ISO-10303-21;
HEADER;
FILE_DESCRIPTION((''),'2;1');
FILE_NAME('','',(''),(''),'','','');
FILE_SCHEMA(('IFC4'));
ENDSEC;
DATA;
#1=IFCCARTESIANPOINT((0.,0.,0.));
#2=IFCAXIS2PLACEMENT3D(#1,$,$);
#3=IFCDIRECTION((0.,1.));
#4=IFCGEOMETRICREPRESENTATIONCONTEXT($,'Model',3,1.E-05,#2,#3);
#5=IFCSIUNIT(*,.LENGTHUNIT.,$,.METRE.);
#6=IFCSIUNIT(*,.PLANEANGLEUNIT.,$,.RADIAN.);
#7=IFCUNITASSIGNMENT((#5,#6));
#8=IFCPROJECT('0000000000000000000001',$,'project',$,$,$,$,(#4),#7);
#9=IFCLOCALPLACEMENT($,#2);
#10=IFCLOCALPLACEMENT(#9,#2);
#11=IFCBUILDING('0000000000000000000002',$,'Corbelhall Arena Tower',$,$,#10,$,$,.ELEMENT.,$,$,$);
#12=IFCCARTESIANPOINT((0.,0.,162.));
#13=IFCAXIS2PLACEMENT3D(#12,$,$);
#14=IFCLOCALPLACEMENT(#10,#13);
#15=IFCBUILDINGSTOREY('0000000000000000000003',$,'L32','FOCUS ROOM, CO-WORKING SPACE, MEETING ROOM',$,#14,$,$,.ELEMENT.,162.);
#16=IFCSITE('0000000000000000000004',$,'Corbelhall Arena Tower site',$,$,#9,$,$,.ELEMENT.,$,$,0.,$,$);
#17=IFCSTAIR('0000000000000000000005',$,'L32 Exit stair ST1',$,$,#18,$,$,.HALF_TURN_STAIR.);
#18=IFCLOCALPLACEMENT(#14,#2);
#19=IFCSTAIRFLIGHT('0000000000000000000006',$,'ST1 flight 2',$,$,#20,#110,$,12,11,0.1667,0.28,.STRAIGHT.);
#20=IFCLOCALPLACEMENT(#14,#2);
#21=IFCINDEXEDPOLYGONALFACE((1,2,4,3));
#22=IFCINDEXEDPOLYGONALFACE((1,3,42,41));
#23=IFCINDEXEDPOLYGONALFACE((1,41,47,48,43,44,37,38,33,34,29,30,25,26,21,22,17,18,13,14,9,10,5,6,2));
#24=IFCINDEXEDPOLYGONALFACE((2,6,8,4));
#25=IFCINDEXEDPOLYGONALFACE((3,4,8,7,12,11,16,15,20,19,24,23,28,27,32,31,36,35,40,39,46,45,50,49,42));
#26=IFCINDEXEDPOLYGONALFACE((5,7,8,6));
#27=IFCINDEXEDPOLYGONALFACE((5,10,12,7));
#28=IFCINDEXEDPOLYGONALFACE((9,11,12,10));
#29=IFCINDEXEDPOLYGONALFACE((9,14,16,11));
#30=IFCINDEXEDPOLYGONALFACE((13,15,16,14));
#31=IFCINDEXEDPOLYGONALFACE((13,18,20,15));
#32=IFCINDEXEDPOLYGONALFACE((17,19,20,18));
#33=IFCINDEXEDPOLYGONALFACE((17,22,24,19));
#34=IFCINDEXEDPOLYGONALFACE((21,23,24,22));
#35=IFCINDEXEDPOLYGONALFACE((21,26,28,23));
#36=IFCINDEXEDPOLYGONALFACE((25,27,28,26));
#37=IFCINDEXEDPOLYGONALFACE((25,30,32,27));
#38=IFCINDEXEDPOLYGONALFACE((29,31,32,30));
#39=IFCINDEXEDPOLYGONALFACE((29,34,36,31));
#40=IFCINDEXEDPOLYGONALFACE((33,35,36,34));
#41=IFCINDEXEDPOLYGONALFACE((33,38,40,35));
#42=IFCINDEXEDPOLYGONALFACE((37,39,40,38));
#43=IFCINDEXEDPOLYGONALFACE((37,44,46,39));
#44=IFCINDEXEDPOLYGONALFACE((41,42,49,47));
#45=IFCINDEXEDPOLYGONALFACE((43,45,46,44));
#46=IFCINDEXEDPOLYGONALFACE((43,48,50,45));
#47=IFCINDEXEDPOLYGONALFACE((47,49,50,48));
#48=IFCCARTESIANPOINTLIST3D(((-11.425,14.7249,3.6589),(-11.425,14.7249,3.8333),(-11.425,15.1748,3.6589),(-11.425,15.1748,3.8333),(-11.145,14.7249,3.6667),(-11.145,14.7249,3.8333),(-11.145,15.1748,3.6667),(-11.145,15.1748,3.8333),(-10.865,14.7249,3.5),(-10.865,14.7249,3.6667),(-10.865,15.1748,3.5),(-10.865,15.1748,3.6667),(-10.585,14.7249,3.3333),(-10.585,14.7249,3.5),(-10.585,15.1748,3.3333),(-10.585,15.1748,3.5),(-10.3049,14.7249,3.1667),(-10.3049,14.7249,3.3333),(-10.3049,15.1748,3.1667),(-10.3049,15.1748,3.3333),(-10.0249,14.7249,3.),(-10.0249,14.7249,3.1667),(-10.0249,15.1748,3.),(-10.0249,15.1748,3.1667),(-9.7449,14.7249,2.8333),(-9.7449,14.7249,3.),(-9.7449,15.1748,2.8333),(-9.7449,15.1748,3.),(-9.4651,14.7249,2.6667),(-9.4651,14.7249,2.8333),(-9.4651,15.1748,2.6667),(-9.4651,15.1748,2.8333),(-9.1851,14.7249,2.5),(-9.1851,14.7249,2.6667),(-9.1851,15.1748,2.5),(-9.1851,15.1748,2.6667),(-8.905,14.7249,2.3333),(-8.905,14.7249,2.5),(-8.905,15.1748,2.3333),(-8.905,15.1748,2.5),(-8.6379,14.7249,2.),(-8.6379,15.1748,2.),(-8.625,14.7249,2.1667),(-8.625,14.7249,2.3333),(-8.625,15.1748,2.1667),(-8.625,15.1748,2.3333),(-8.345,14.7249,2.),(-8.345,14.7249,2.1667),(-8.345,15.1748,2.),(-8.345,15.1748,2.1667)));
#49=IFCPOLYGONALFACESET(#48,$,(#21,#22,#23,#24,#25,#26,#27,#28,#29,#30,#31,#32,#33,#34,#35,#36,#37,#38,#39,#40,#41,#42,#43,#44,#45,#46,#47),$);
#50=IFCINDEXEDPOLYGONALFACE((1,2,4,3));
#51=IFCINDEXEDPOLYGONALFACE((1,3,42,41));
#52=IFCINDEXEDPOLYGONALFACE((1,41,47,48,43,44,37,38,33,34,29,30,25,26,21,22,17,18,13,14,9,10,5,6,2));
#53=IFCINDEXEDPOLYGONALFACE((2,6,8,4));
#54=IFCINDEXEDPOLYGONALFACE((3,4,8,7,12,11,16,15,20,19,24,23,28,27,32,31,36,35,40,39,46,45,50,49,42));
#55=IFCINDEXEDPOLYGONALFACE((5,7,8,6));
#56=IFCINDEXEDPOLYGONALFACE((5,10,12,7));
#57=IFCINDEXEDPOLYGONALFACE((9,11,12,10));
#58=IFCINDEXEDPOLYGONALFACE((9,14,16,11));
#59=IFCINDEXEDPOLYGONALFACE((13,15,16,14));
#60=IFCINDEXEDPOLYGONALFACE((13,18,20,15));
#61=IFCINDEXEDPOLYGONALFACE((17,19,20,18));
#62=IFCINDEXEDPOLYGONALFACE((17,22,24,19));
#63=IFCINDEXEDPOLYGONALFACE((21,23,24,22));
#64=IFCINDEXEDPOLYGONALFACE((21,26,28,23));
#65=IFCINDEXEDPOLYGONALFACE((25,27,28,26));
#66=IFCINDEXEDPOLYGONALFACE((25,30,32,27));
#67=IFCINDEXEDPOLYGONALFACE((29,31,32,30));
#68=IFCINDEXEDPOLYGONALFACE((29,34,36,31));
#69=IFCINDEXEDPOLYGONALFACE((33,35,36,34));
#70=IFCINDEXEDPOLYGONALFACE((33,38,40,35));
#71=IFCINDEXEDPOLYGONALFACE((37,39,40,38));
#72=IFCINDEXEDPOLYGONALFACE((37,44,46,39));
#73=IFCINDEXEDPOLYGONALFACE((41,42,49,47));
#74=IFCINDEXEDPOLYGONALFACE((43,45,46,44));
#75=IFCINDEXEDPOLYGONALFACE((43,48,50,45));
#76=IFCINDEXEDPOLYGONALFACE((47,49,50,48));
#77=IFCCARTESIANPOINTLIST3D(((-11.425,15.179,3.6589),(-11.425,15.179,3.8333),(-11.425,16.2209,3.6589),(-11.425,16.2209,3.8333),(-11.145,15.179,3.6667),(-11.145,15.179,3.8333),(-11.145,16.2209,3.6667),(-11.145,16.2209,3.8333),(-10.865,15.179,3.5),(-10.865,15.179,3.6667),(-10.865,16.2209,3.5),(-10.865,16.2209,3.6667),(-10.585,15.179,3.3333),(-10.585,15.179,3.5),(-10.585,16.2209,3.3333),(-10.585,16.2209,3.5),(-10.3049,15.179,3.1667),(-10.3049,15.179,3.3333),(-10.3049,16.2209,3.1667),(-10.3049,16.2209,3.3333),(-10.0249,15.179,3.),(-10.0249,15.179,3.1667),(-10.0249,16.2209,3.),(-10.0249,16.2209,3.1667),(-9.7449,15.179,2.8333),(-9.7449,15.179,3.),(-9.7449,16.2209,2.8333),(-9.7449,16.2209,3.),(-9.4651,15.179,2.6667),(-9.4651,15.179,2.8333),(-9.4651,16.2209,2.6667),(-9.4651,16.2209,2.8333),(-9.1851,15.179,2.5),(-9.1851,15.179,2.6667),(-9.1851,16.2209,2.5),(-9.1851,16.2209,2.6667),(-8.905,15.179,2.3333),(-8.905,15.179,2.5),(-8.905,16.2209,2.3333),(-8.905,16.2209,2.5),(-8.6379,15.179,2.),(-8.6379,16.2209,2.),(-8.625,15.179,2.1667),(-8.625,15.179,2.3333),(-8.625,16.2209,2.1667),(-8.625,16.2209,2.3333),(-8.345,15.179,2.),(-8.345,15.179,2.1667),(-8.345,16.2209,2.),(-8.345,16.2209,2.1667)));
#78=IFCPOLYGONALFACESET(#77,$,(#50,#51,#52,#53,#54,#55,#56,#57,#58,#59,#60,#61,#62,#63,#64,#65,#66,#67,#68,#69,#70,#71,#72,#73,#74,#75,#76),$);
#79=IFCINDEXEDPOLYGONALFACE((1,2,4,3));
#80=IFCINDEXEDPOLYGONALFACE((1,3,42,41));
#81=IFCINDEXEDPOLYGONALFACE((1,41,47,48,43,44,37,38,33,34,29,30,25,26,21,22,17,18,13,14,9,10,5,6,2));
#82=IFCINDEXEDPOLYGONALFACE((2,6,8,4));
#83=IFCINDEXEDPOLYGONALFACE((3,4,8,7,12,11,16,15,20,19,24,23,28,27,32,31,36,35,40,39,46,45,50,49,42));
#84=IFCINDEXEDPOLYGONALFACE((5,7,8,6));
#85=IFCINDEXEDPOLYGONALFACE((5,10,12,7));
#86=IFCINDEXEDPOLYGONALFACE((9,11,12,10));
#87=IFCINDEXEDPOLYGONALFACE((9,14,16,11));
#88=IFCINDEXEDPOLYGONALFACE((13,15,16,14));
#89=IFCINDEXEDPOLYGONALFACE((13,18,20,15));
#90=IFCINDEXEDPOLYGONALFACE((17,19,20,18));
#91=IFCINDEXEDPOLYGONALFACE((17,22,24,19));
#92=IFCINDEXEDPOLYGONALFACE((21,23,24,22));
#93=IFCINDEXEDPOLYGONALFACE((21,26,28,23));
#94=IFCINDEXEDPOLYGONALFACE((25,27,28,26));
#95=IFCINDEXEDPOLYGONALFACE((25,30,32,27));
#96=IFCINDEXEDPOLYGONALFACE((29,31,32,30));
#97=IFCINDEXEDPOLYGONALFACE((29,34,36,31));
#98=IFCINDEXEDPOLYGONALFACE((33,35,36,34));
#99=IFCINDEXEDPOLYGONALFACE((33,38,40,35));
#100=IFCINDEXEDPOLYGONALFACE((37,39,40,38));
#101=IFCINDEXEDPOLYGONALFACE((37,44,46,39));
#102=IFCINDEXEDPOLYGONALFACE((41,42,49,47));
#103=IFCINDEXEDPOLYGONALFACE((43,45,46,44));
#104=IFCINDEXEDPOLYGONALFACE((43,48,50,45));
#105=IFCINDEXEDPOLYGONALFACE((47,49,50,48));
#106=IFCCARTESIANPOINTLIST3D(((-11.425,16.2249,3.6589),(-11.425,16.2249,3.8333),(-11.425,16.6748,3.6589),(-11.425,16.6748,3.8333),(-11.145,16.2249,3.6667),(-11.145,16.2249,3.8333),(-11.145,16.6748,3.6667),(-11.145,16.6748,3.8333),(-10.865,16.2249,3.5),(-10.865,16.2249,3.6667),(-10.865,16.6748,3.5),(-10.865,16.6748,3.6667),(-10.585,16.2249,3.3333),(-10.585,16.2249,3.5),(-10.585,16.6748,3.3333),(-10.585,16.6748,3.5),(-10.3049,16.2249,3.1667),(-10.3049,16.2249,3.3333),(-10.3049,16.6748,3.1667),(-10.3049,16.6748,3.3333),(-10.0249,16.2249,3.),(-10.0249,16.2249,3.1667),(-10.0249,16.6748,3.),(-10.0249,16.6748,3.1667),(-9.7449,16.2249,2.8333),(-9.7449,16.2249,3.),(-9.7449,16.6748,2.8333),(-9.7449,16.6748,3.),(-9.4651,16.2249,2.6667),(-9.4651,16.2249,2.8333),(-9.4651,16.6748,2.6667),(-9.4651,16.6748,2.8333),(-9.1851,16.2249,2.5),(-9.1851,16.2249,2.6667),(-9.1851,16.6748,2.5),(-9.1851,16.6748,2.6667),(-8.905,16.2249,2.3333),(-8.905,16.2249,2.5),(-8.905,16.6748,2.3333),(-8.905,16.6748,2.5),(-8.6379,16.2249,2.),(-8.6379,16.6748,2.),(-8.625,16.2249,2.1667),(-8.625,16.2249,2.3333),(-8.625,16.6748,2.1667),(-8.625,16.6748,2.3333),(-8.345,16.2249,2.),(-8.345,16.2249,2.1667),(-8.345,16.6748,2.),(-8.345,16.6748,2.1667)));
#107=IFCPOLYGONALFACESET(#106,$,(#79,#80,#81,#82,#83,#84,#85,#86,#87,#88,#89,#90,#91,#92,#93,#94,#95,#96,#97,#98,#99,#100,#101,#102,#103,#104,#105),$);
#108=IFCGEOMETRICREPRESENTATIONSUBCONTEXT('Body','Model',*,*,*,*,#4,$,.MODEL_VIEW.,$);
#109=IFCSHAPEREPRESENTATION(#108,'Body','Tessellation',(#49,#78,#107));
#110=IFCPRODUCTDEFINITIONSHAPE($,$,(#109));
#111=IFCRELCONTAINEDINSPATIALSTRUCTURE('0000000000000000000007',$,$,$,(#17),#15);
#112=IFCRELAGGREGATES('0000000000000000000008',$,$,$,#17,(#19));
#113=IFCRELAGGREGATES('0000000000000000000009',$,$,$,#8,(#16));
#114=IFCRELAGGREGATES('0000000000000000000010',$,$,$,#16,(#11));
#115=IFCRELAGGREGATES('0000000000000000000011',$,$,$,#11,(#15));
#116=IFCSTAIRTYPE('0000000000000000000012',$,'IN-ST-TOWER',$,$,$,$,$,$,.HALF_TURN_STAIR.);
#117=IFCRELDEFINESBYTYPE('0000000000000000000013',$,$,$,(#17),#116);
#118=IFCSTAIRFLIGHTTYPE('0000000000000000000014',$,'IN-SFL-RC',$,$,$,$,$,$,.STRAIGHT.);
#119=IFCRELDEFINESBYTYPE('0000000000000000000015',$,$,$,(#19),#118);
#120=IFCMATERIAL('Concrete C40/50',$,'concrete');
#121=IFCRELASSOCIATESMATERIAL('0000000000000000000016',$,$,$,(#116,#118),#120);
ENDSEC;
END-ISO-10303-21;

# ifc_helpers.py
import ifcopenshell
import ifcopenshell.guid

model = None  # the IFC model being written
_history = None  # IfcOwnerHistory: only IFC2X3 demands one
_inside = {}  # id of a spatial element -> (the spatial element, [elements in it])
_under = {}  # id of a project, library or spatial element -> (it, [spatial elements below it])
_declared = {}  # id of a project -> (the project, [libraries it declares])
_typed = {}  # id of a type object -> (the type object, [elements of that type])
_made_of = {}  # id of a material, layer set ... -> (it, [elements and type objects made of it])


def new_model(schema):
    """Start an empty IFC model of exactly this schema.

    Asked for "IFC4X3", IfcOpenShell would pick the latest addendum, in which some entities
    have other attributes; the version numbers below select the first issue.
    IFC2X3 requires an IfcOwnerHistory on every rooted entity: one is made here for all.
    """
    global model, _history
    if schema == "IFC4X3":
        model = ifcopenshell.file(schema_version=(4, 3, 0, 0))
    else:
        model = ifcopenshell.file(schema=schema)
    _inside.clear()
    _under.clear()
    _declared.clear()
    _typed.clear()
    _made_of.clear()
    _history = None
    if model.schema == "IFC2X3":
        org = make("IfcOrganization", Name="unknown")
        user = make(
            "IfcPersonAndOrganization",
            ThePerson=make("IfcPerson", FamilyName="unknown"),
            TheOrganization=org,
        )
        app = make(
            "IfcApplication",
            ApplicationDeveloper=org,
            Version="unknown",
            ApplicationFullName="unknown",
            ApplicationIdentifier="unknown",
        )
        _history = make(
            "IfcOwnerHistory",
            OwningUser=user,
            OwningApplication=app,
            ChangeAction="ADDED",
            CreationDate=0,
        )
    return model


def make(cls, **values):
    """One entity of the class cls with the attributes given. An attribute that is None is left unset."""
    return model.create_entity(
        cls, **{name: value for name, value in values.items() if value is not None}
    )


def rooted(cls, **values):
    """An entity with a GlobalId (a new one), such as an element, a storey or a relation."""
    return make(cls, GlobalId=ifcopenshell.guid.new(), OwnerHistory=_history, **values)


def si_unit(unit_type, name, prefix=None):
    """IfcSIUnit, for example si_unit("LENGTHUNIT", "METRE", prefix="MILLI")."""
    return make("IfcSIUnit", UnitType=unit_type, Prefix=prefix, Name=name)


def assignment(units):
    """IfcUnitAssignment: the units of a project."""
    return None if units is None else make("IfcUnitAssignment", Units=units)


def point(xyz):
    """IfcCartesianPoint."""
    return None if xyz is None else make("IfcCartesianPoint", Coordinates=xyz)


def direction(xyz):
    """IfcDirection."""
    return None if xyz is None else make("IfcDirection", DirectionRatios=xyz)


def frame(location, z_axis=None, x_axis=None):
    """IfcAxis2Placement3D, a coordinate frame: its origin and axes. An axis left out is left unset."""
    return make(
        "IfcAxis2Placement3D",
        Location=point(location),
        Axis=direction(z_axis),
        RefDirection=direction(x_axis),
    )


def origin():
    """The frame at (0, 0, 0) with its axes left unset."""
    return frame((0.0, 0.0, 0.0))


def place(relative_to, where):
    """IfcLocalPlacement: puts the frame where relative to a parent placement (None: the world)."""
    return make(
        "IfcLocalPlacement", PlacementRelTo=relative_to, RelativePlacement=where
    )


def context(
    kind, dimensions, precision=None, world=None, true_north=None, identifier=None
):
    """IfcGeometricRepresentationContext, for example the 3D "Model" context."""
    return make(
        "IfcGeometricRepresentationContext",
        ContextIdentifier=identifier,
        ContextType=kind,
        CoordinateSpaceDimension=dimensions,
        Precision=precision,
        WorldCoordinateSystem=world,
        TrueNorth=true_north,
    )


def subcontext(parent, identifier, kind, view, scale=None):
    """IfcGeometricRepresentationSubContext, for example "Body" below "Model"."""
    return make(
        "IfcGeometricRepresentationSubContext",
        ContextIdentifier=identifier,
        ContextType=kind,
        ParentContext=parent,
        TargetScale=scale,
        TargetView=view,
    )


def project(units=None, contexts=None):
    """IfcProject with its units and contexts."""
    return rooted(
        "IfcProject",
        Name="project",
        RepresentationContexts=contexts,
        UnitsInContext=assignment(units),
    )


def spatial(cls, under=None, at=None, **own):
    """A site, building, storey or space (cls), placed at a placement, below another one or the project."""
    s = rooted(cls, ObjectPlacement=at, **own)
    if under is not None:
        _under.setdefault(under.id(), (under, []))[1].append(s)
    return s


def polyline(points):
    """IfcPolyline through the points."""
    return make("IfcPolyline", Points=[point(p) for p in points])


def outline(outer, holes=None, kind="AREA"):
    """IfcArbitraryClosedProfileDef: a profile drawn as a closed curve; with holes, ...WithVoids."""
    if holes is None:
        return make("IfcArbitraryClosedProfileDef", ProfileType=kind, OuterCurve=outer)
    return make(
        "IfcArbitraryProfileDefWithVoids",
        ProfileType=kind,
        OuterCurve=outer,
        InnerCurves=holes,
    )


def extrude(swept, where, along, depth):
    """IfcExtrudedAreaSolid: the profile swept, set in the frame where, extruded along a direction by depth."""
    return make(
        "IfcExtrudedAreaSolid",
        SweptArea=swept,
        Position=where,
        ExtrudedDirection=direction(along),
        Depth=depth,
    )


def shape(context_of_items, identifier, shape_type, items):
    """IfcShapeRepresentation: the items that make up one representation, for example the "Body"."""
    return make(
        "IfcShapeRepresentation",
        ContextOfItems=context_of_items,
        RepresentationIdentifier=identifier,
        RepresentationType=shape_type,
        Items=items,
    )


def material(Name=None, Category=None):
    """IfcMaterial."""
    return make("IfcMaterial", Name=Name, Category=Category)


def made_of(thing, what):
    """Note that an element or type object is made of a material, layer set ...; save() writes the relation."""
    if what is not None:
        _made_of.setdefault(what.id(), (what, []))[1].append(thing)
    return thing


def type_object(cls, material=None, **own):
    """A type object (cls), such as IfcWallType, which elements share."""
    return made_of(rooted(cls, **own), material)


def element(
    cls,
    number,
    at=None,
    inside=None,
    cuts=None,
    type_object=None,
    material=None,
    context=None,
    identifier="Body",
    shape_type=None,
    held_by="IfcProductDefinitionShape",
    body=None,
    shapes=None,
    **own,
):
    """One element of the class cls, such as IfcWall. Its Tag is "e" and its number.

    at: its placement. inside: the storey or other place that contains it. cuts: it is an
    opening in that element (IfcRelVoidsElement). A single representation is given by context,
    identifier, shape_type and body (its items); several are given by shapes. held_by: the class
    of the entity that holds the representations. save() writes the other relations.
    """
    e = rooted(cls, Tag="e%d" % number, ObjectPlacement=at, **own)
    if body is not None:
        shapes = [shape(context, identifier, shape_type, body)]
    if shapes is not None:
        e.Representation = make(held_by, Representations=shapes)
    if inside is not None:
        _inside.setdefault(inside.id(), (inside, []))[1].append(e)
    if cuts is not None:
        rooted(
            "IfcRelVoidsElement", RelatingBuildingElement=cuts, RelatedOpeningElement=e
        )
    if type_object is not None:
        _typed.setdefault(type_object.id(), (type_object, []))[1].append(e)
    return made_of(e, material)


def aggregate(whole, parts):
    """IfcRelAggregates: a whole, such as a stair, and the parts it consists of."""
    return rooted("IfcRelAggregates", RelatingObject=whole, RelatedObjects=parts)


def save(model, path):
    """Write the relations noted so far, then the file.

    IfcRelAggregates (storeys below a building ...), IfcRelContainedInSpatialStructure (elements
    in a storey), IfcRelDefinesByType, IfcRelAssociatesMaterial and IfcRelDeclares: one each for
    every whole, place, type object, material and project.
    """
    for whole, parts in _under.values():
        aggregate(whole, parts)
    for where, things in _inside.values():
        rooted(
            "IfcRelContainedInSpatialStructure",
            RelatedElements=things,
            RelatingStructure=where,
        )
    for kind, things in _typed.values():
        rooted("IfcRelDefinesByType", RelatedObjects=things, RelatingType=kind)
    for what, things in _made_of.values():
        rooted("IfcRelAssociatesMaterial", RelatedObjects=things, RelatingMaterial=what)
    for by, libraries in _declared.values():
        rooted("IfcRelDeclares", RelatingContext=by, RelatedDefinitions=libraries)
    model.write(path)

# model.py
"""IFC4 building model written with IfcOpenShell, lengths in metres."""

from ifc_helpers import new_model, si_unit, direction, frame, origin, place, context, subcontext, project, spatial, polyline, outline, extrude, material, type_object, element, aggregate, save


model = new_model("IFC4")

# Units and contexts
model_context = context("Model", 3, precision=1e-05, world=origin(), true_north=direction((0.0, 1.0)))
body_context = subcontext(model_context, "Body", "Model", "MODEL_VIEW")
ifc_project = project(units=[si_unit("LENGTHUNIT", "METRE"), si_unit("PLANEANGLEUNIT", "RADIAN")], contexts=[model_context])

# Site, building, storey
site_placement = place(None, origin())
site = spatial("IfcSite", under=ifc_project, at=site_placement, Name="Corbelhall Arena Tower site", CompositionType="ELEMENT", RefElevation=0.0)
building_placement = place(site_placement, origin())
building = spatial("IfcBuilding", under=site, at=building_placement, Name="Corbelhall Arena Tower", CompositionType="ELEMENT")
storey_placement = place(building_placement, frame((0.0, 0.0, 162.0)))
storey = spatial("IfcBuildingStorey", under=building, at=storey_placement, Name="L32", Description="FOCUS ROOM, CO-WORKING SPACE, MEETING ROOM", CompositionType="ELEMENT", Elevation=162.0)

# Shared definitions
ifc_material_1 = material(Name="Concrete C40/50", Category="concrete")

# Stair, stair flight
stair_type = type_object("IfcStairType", Name="IN-ST-TOWER", PredefinedType="HALF_TURN_STAIR", material=ifc_material_1)
stair_placement = place(storey_placement, origin())
stair = element("IfcStair", 1, at=stair_placement, inside=storey, type_object=stair_type, Name="L32 Exit stair ST1", PredefinedType="HALF_TURN_STAIR")
stair_flight_type = type_object("IfcStairFlightType", Name="IN-SFL-RC", PredefinedType="STRAIGHT", material=ifc_material_1)
stair_flight_placement = place(storey_placement, frame((-8.345, 15.7, 2.0), z_axis=(0.0, 0.0, 1.0), x_axis=(-1.0, 0.0, 0.0)))
stair_flight = element("IfcStairFlight", 2, at=stair_flight_placement, type_object=stair_flight_type, Name="ST1 flight 2", NumberOfRisers=12, NumberOfTreads=11, PredefinedType="STRAIGHT", RiserHeight=0.1667, TreadLength=0.28, context=body_context, shape_type="SweptSolid", body=[
    extrude(outline(polyline([(0.0, 0.0), (0.0, 0.1667), (0.28, 0.1667), (0.28, 0.3333), (0.5601, 0.3333), (0.5601, 0.5), (0.8401, 0.5), (0.8401, 0.6667), (1.1201, 0.6667), (1.1201, 0.8333), (1.3999, 0.8333), (1.3999, 1.0), (1.6799, 1.0), (1.6799, 1.1667), (1.96, 1.1667), (1.96, 1.3333), (2.24, 1.3333), (2.24, 1.5), (2.52, 1.5), (2.52, 1.6667), (2.8, 1.6667), (2.8, 1.8333), (3.0801, 1.8333), (3.0801, 2.0), (3.0801, 1.6589), (0.293, 0.0), (0.0, 0.0)])), frame((0.0, 0.9751, 0.0), z_axis=(0.0, -1.0, 0.0), x_axis=(1.0, 0.0, 0.0)), (0.0, 0.0, 1.0), 0.45),
    extrude(outline(polyline([(0.0, 0.0), (0.0, 0.1667), (0.28, 0.1667), (0.28, 0.3333), (0.5601, 0.3333), (0.5601, 0.5), (0.8401, 0.5), (0.8401, 0.6667), (1.1201, 0.6667), (1.1201, 0.8333), (1.3999, 0.8333), (1.3999, 1.0), (1.6799, 1.0), (1.6799, 1.1667), (1.96, 1.1667), (1.96, 1.3333), (2.24, 1.3333), (2.24, 1.5), (2.52, 1.5), (2.52, 1.6667), (2.8, 1.6667), (2.8, 1.8333), (3.0801, 1.8333), (3.0801, 2.0), (3.0801, 1.6589), (0.293, 0.0), (0.0, 0.0)])), frame((0.0, 0.521, 0.0), z_axis=(0.0, -1.0, 0.0), x_axis=(1.0, 0.0, 0.0)), (0.0, 0.0, 1.0), 1.042),
    extrude(outline(polyline([(0.0, 0.0), (0.0, 0.1667), (0.28, 0.1667), (0.28, 0.3333), (0.5601, 0.3333), (0.5601, 0.5), (0.8401, 0.5), (0.8401, 0.6667), (1.1201, 0.6667), (1.1201, 0.8333), (1.3999, 0.8333), (1.3999, 1.0), (1.6799, 1.0), (1.6799, 1.1667), (1.96, 1.1667), (1.96, 1.3333), (2.24, 1.3333), (2.24, 1.5), (2.52, 1.5), (2.52, 1.6667), (2.8, 1.6667), (2.8, 1.8333), (3.0801, 1.8333), (3.0801, 2.0), (3.0801, 1.6589), (0.293, 0.0), (0.0, 0.0)])), frame((0.0, -0.5249, 0.0), z_axis=(0.0, -1.0, 0.0), x_axis=(1.0, 0.0, 0.0)), (0.0, 0.0, 1.0), 0.45),
])
aggregate(stair, [stair_flight])

save(model, "model.ifc")
